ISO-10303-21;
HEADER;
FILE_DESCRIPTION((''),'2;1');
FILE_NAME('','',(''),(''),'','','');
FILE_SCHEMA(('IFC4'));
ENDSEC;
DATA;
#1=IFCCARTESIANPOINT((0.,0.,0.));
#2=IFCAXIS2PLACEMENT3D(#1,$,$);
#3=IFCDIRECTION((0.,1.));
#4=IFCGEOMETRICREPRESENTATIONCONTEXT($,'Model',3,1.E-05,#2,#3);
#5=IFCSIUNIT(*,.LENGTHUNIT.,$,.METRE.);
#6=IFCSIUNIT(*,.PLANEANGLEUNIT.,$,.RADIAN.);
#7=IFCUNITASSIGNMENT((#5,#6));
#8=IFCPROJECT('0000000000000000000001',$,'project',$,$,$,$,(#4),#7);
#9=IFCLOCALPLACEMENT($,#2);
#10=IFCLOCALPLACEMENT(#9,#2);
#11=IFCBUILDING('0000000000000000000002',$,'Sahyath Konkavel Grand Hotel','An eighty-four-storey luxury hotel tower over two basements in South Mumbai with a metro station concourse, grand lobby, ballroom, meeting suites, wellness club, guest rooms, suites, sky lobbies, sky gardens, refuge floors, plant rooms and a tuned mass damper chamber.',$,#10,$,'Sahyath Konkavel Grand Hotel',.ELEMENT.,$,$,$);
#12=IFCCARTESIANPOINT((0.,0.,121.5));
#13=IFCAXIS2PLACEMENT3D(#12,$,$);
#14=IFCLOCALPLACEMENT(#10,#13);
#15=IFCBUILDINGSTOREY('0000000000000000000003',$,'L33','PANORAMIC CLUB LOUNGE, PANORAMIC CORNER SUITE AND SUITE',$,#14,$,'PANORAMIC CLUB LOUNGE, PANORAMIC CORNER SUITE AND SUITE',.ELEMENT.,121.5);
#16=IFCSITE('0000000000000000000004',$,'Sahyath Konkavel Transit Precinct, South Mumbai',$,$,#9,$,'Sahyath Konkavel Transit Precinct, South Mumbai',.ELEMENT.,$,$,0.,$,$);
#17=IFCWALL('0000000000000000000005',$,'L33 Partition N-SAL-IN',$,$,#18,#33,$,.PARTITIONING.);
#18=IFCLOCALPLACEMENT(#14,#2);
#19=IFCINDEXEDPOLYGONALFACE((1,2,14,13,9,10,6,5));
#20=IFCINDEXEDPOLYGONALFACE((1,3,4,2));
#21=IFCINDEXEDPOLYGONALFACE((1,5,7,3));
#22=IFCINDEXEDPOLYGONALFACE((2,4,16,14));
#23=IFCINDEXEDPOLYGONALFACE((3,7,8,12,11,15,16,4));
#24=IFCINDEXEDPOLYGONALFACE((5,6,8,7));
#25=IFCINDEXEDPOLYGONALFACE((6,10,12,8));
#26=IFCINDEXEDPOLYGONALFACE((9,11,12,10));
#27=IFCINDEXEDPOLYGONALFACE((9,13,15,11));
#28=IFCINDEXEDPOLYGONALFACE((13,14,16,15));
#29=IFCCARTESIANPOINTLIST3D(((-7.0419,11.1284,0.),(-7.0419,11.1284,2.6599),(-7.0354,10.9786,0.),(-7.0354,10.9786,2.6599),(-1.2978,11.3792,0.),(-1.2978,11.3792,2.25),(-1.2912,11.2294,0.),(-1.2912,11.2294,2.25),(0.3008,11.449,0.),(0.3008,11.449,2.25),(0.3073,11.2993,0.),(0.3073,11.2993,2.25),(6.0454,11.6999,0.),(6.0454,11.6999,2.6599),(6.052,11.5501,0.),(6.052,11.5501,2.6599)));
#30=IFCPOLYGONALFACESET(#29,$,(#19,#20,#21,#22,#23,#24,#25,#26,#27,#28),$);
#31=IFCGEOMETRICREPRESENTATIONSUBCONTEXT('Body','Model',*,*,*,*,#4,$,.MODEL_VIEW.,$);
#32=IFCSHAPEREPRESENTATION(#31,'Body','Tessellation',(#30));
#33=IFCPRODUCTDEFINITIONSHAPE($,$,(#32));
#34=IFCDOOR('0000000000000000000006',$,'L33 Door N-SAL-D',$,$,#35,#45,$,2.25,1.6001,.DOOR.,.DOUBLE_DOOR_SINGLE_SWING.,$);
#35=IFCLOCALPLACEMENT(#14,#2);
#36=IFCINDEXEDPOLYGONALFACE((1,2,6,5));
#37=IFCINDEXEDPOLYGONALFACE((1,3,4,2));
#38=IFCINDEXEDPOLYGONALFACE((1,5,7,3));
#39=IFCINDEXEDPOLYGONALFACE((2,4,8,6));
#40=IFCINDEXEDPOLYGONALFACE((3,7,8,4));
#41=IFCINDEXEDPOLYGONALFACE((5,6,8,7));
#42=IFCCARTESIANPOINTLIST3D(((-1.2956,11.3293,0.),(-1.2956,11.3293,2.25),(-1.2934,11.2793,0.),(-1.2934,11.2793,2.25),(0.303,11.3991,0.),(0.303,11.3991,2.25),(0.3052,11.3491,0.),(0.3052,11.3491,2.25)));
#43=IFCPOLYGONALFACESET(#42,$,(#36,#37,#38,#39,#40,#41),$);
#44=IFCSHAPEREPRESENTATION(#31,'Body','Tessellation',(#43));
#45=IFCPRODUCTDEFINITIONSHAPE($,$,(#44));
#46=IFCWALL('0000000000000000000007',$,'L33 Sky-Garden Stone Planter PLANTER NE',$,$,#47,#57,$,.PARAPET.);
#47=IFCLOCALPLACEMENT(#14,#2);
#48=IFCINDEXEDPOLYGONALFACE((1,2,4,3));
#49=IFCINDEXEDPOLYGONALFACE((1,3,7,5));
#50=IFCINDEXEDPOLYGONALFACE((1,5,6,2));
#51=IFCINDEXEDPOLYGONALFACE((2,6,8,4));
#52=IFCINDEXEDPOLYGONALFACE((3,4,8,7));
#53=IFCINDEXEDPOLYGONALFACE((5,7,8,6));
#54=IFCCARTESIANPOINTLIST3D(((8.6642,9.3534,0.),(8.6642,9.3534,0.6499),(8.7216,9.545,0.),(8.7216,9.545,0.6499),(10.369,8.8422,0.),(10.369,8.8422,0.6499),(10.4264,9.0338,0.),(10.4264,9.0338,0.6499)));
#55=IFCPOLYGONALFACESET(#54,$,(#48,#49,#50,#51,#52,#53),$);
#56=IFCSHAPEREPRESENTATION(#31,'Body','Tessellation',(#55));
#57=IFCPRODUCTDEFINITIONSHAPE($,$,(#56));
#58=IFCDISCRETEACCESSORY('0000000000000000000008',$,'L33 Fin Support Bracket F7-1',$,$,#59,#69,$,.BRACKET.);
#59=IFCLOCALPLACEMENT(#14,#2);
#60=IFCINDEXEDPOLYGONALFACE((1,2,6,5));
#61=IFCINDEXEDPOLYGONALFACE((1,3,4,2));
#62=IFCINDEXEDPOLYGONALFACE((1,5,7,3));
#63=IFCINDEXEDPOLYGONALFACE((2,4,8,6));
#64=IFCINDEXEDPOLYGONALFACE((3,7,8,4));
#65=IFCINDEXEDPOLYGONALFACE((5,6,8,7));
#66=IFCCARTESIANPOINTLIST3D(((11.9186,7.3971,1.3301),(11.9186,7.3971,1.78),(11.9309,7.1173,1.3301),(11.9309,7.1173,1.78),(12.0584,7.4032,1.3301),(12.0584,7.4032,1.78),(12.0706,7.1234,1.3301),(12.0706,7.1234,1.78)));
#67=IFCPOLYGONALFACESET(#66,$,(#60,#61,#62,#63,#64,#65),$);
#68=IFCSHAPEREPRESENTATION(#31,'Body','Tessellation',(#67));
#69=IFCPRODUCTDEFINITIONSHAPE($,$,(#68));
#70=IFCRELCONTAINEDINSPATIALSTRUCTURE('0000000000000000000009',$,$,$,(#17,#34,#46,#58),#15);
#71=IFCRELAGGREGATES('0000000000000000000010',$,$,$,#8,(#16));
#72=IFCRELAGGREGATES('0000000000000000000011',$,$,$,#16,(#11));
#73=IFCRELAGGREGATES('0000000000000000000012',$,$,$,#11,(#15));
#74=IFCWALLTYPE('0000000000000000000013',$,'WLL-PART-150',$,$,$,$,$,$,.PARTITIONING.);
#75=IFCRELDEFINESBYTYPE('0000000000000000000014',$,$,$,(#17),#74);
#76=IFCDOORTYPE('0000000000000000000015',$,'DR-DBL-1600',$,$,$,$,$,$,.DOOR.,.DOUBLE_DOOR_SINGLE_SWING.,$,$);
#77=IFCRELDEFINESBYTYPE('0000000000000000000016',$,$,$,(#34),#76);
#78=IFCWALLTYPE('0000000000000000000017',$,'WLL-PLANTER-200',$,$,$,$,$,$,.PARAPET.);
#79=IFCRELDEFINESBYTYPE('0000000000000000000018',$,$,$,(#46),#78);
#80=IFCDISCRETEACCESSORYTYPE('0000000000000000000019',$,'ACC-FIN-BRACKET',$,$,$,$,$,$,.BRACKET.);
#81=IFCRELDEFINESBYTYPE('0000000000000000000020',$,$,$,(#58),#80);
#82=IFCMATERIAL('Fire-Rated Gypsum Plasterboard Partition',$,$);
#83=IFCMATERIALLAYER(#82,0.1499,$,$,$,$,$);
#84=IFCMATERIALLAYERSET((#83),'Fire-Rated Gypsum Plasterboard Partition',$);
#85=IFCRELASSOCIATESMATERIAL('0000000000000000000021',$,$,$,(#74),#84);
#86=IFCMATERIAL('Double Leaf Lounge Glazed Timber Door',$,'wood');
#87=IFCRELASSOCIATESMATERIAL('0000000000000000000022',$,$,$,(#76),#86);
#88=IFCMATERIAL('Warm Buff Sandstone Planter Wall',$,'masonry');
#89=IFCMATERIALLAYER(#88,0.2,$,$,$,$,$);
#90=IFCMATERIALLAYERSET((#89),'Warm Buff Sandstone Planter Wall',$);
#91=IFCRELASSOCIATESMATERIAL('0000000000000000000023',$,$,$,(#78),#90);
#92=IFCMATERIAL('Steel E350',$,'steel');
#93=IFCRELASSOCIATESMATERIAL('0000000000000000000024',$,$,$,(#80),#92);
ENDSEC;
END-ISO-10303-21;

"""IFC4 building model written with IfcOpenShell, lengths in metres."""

from ifc_helpers import new_model, si_unit, direction, frame, frame_2d, origin, origin_2d, place, context, subcontext, project, spatial, rectangle, extrude, source, transform, mapped, material, layer, layer_set, type_object, element, fill, save


model = new_model("IFC4")

# Units and contexts
model_context = context("Model", 3, precision=1e-05, world=origin(), true_north=direction((0.0, 1.0)))
body_context = subcontext(model_context, "Body", "Model", "MODEL_VIEW")
ifc_project = project(units=[si_unit("LENGTHUNIT", "METRE"), si_unit("PLANEANGLEUNIT", "RADIAN")], contexts=[model_context])

# Site, building, storey
site_placement = place(None, origin())
site = spatial("IfcSite", under=ifc_project, at=site_placement, Name="Sahyath Konkavel Transit Precinct, South Mumbai", LongName="Sahyath Konkavel Transit Precinct, South Mumbai", CompositionType="ELEMENT", RefElevation=0.0)
building_placement = place(site_placement, origin())
building = spatial("IfcBuilding", under=site, at=building_placement, Name="Sahyath Konkavel Grand Hotel", Description="An eighty-four-storey luxury hotel tower over two basements in South Mumbai with a metro station concourse, grand lobby, ballroom, meeting suites, wellness club, guest rooms, suites, sky lobbies, sky gardens, refuge floors, plant rooms and a tuned mass damper chamber.", LongName="Sahyath Konkavel Grand Hotel", CompositionType="ELEMENT")
storey_placement = place(building_placement, frame((0.0, 0.0, 121.5)))
storey = spatial("IfcBuildingStorey", under=building, at=storey_placement, Name="L33", Description="PANORAMIC CLUB LOUNGE, PANORAMIC CORNER SUITE AND SUITE", LongName="PANORAMIC CLUB LOUNGE, PANORAMIC CORNER SUITE AND SUITE", CompositionType="ELEMENT", Elevation=121.5)

# Shared definitions
ifc_material_1 = material(Name="Steel E350", Category="steel")

# Shared definitions
ifc_material_2 = material(Name="Fire-Rated Gypsum Plasterboard Partition")
ifc_layer_1 = layer(ifc_material_2, 0.1499)
ifc_layer_set_1 = layer_set([ifc_layer_1], Name="Fire-Rated Gypsum Plasterboard Partition")
wall_type_1 = type_object("IfcWallType", Name="WLL-PART-150", PredefinedType="PARTITIONING", material=ifc_layer_set_1)

# Wall, opening, door
wall_1_placement = place(storey_placement, frame((6.0486, 11.625, 0.0), z_axis=(0.0, 0.0, 1.0), x_axis=(-0.999048, -0.043629, 0.0)))
wall_1 = element("IfcWall", 1, at=wall_1_placement, inside=storey, type_object=wall_type_1, Name="L33 Partition N-SAL-IN", PredefinedType="PARTITIONING", context=body_context, shape_type="SweptSolid", body=[
    extrude(rectangle(XDim=13.0999, YDim=0.1499, at=frame_2d((6.5498, 0.0))), origin(), (0.0, 0.0, 1.0), 2.6599),
])
opening_1_placement = place(wall_1_placement, frame((5.75, 0.0, 0.0)))
opening_1 = element("IfcOpeningElement", 2, at=opening_1_placement, cuts=wall_1, PredefinedType="OPENING", context=body_context, shape_type="SweptSolid", body=[
    extrude(rectangle(XDim=1.6001, YDim=2.25, at=frame_2d((0.8, 1.125))), frame((0.0, 0.085, 0.0), z_axis=(0.0, -1.0, 0.0), x_axis=(1.0, 0.0, 0.0)), (0.0, 0.0, 1.0), 0.1699),
])
ifc_material_3 = material(Name="Double Leaf Lounge Glazed Timber Door", Category="wood")
door_type_1 = type_object("IfcDoorType", Name="DR-DBL-1600", OperationType="DOUBLE_DOOR_SINGLE_SWING", PredefinedType="DOOR", material=ifc_material_3)
shared_shape_1 = source(origin(), body_context, "Body", "SweptSolid", [
    extrude(rectangle(XDim=1.6001, YDim=0.05, at=origin_2d()), origin(), (0.0, 0.0, 1.0), 2.25),
])
door_1_placement = place(opening_1_placement, frame((0.8, 0.0, 0.0)))
door_1 = element("IfcDoor", 3, at=door_1_placement, inside=storey, type_object=door_type_1, Name="L33 Door N-SAL-D", OperationType="DOUBLE_DOOR_SINGLE_SWING", OverallHeight=2.25, OverallWidth=1.6001, PredefinedType="DOOR", context=body_context, shape_type="MappedRepresentation", body=[
    mapped(shared_shape_1, transform((0.0, 0.0, 0.0), scale=1.0)),
])
fill(opening_1, door_1)

# Wall
ifc_material_4 = material(Name="Warm Buff Sandstone Planter Wall", Category="masonry")
ifc_layer_2 = layer(ifc_material_4, 0.2)
ifc_layer_set_2 = layer_set([ifc_layer_2], Name="Warm Buff Sandstone Planter Wall")
wall_type_2 = type_object("IfcWallType", Name="WLL-PLANTER-200", PredefinedType="PARAPET", material=ifc_layer_set_2)
wall_2_placement = place(storey_placement, frame((10.3977, 8.938, 0.0), z_axis=(0.0, 0.0, 1.0), x_axis=(-0.95786, 0.287235, 0.0)))
element("IfcWall", 4, at=wall_2_placement, inside=storey, type_object=wall_type_2, Name="L33 Sky-Garden Stone Planter PLANTER NE", PredefinedType="PARAPET", context=body_context, shape_type="SweptSolid", body=[
    extrude(rectangle(XDim=1.7798, YDim=0.2, at=frame_2d((0.8899, 0.0))), origin(), (0.0, 0.0, 1.0), 0.6499),
])

# Discrete accessory
discrete_accessory_type = type_object("IfcDiscreteAccessoryType", Name="ACC-FIN-BRACKET", PredefinedType="BRACKET", material=ifc_material_1)
shared_shape_2 = source(origin(), body_context, "Body", "SweptSolid", [
    extrude(rectangle(XDim=0.28, YDim=0.1399, at=origin_2d()), origin(), (0.0, 0.0, 1.0), 0.45),
])
discrete_accessory_placement = place(storey_placement, frame((11.9946, 7.2603, 1.3301), z_axis=(0.0, 0.0, 1.0), x_axis=(-0.043619, 0.999048, 0.0)))
element("IfcDiscreteAccessory", 5, at=discrete_accessory_placement, inside=storey, type_object=discrete_accessory_type, Name="L33 Fin Support Bracket F7-1", PredefinedType="BRACKET", context=body_context, shape_type="MappedRepresentation", body=[
    mapped(shared_shape_2, transform((0.0, 0.0, 0.0), scale=1.0)),
])

save(model, "model.ifc")
